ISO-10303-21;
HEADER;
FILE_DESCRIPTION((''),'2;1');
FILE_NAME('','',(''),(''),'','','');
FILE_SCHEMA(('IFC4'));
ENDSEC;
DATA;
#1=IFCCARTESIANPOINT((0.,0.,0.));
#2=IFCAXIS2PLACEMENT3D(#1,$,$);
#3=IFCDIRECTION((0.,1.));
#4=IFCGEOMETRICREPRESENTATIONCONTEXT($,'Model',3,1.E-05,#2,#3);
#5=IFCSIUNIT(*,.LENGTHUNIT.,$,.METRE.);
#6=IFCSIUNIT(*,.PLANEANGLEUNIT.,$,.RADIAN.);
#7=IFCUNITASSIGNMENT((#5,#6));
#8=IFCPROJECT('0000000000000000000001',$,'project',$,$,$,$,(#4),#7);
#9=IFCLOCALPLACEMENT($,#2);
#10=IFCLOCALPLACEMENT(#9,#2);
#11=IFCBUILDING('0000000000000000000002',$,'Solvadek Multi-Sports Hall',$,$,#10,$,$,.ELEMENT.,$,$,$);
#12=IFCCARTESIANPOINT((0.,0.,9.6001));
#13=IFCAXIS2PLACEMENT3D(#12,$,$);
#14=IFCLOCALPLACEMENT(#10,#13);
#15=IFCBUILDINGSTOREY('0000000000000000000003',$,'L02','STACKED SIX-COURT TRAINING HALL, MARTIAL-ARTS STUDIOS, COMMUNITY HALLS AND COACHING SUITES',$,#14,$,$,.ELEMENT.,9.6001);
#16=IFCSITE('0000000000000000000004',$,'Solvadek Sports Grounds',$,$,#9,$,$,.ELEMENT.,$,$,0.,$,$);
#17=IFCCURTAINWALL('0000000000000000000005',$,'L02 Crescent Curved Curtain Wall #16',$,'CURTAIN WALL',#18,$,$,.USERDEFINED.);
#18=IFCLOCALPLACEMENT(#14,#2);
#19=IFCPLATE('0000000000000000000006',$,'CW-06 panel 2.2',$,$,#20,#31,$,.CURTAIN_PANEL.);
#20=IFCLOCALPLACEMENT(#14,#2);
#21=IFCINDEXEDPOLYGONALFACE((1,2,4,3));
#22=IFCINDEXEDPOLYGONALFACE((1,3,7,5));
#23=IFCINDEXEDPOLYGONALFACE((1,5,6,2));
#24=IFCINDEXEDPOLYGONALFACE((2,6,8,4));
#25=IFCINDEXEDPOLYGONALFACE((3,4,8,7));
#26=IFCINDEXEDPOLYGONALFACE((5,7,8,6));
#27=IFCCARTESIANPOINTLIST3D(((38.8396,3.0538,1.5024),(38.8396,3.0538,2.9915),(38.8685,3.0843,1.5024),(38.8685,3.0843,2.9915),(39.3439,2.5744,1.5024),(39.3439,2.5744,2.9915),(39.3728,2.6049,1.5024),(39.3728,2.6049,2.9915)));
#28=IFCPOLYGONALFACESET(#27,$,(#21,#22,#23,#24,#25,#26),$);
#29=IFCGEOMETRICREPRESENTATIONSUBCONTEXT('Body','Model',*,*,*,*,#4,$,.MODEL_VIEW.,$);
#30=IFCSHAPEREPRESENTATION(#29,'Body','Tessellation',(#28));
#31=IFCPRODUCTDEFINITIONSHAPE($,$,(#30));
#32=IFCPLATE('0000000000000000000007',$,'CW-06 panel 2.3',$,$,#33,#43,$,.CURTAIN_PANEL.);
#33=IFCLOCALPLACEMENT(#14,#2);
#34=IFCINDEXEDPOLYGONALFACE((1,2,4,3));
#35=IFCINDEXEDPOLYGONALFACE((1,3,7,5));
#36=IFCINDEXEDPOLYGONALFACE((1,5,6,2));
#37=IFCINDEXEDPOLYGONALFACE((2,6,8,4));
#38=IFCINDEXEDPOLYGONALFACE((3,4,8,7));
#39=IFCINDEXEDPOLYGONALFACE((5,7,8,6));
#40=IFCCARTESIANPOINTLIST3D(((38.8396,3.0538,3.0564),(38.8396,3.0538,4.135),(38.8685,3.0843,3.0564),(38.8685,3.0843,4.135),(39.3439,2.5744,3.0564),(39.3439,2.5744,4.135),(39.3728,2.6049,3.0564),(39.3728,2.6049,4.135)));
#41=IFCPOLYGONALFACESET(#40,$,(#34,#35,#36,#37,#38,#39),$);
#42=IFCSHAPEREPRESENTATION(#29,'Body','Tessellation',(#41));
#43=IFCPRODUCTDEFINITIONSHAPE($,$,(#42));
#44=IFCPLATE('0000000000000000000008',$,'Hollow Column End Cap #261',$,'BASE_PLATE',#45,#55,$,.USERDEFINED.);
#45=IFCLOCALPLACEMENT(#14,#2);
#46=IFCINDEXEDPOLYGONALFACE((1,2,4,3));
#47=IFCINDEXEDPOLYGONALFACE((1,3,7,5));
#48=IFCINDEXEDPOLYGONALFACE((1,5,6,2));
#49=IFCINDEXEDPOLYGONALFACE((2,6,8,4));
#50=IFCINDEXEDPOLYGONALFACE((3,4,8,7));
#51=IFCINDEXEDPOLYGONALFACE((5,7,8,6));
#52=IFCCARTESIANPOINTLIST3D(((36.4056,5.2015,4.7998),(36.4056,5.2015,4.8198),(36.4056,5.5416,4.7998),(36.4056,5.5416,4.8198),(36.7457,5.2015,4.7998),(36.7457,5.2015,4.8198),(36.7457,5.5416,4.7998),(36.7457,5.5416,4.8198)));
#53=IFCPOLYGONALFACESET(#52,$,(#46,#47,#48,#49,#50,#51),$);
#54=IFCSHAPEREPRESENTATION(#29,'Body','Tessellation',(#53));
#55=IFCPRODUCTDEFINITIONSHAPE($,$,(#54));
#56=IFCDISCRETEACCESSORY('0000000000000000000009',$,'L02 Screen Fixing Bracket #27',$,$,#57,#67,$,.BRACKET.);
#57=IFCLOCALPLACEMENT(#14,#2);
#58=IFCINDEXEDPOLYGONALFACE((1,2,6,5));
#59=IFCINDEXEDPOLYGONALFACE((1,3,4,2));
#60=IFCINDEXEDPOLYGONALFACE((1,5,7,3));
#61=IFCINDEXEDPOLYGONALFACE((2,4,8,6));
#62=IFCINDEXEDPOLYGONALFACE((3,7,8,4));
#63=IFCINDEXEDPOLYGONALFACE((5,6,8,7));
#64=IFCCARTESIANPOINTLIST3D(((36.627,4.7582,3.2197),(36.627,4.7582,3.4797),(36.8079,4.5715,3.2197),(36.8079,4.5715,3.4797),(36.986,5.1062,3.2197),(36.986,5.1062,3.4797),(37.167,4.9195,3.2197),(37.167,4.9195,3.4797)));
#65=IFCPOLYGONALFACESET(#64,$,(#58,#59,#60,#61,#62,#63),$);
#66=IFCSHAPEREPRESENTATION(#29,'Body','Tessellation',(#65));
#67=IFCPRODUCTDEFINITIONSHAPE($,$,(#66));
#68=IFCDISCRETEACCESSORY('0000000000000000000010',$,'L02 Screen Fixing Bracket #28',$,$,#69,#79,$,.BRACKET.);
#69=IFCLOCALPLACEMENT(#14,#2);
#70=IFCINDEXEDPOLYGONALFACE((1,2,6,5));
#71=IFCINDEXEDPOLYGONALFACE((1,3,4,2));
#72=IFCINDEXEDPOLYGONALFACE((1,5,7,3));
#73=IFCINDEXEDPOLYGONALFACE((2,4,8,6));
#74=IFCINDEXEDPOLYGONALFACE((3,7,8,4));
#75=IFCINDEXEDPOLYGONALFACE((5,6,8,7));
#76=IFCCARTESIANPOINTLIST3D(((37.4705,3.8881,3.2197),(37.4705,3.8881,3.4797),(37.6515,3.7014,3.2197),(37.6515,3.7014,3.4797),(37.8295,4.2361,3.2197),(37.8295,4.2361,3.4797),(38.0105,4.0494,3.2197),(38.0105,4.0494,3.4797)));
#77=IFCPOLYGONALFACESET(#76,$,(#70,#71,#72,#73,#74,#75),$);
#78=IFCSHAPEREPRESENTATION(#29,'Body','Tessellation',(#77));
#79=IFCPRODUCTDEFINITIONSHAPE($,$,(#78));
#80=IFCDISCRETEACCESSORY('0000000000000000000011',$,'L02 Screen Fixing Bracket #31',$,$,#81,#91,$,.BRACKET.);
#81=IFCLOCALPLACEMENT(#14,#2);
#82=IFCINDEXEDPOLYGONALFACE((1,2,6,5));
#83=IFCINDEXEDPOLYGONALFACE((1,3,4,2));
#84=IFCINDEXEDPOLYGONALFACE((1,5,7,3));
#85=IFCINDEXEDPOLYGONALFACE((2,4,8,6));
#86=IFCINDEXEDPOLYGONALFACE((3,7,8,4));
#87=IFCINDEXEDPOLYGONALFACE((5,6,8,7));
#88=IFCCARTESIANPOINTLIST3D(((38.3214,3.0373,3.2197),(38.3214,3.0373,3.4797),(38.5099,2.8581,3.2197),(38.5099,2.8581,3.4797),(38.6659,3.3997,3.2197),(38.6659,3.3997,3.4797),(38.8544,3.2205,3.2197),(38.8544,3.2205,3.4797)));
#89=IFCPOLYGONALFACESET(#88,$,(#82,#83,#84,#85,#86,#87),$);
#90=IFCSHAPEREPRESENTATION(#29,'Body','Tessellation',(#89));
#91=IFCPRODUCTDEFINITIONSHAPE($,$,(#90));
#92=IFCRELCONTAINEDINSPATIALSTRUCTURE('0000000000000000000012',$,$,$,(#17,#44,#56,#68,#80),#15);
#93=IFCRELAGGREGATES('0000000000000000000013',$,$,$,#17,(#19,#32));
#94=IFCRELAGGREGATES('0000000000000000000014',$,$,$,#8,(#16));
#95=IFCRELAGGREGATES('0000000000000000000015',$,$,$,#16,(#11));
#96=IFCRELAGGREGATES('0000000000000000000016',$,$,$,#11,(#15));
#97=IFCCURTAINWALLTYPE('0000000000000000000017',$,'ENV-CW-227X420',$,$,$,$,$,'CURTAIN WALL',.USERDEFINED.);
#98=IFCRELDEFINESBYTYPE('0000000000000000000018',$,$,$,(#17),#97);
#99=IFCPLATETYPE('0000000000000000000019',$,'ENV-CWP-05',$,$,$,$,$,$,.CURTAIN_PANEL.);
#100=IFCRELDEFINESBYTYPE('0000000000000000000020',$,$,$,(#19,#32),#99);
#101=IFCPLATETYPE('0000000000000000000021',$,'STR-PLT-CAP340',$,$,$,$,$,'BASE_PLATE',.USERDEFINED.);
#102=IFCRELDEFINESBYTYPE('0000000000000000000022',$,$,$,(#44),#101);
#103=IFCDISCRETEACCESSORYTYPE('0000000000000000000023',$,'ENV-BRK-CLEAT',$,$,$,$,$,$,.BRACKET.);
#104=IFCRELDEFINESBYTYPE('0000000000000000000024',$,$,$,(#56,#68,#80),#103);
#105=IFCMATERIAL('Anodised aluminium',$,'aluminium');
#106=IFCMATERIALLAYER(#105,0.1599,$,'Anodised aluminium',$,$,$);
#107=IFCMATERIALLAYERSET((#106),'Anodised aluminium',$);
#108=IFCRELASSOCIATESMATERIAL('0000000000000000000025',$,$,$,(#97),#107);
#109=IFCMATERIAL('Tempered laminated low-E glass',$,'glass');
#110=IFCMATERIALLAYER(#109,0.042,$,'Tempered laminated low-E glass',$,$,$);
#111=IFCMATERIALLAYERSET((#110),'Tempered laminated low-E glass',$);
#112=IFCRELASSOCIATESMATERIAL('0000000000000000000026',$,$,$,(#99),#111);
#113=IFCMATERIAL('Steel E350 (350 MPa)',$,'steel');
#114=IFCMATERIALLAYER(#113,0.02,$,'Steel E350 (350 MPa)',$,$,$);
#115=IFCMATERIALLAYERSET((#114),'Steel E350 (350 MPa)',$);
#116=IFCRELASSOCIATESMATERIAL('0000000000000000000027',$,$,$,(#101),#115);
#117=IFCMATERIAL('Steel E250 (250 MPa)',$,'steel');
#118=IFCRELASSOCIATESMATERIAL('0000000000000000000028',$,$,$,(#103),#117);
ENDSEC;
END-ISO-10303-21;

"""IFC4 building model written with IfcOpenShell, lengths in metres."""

from ifc_helpers import new_model, si_unit, direction, frame, origin, origin_2d, place, context, subcontext, project, spatial, rectangle, extrude, material, layer, layer_set, type_object, element, aggregate, save


model = new_model("IFC4")

# Units and contexts
model_context = context("Model", 3, precision=1e-05, world=origin(), true_north=direction((0.0, 1.0)))
body_context = subcontext(model_context, "Body", "Model", "MODEL_VIEW")
ifc_project = project(units=[si_unit("LENGTHUNIT", "METRE"), si_unit("PLANEANGLEUNIT", "RADIAN")], contexts=[model_context])

# Site, building, storey
site_placement = place(None, origin())
site = spatial("IfcSite", under=ifc_project, at=site_placement, Name="Solvadek Sports Grounds", CompositionType="ELEMENT", RefElevation=0.0)
building_placement = place(site_placement, origin())
building = spatial("IfcBuilding", under=site, at=building_placement, Name="Solvadek Multi-Sports Hall", CompositionType="ELEMENT")
storey_placement = place(building_placement, frame((0.0, 0.0, 9.6001)))
storey = spatial("IfcBuildingStorey", under=building, at=storey_placement, Name="L02", Description="STACKED SIX-COURT TRAINING HALL, MARTIAL-ARTS STUDIOS, COMMUNITY HALLS AND COACHING SUITES", CompositionType="ELEMENT", Elevation=9.6001)

# Curtain wall
ifc_material_1 = material(Name="Anodised aluminium", Category="aluminium")
ifc_layer_1 = layer(ifc_material_1, 0.1599, Name="Anodised aluminium")
ifc_layer_set_1 = layer_set([ifc_layer_1], Name="Anodised aluminium")
curtain_wall_type_1 = type_object("IfcCurtainWallType", Name="ENV-CW-227X420", ElementType="CURTAIN WALL", PredefinedType="USERDEFINED", material=ifc_layer_set_1)
curtain_wall_1_placement = place(storey_placement, origin())
curtain_wall_1 = element("IfcCurtainWall", 1, at=curtain_wall_1_placement, inside=storey, type_object=curtain_wall_type_1, Name="L02 Crescent Curved Curtain Wall #16", ObjectType="CURTAIN WALL", PredefinedType="USERDEFINED")

# Shared definitions
ifc_material_2 = material(Name="Steel E350 (350 MPa)", Category="steel")

# Shared definitions
ifc_material_3 = material(Name="Steel E250 (250 MPa)", Category="steel")

# Plates
ifc_material_4 = material(Name="Tempered laminated low-E glass", Category="glass")
ifc_layer_2 = layer(ifc_material_4, 0.042, Name="Tempered laminated low-E glass")
ifc_layer_set_2 = layer_set([ifc_layer_2], Name="Tempered laminated low-E glass")
plate_type_1 = type_object("IfcPlateType", Name="ENV-CWP-05", PredefinedType="CURTAIN_PANEL", material=ifc_layer_set_2)
plate_1_placement = place(storey_placement, frame((39.1062, 2.8293, 1.5024), z_axis=(0.0, 0.0, 1.0), x_axis=(0.724764, -0.688997, 0.0)))
plate_1 = element("IfcPlate", 2, at=plate_1_placement, type_object=plate_type_1, Name="CW-06 panel 2.2", PredefinedType="CURTAIN_PANEL", context=body_context, shape_type="SweptSolid", body=[
    extrude(rectangle(XDim=0.6958, YDim=0.042, at=origin_2d()), origin(), (0.0, 0.0, 1.0), 1.489),
])
plate_2_placement = place(storey_placement, frame((39.1062, 2.8293, 3.0564), z_axis=(0.0, 0.0, 1.0), x_axis=(0.724764, -0.688997, 0.0)))
plate_2 = element("IfcPlate", 3, at=plate_2_placement, type_object=plate_type_1, Name="CW-06 panel 2.3", PredefinedType="CURTAIN_PANEL", context=body_context, shape_type="SweptSolid", body=[
    extrude(rectangle(XDim=0.6958, YDim=0.042, at=origin_2d()), origin(), (0.0, 0.0, 1.0), 1.0786),
])
aggregate(curtain_wall_1, [plate_1, plate_2])
ifc_layer_3 = layer(ifc_material_2, 0.02, Name="Steel E350 (350 MPa)")
ifc_layer_set_3 = layer_set([ifc_layer_3], Name="Steel E350 (350 MPa)")
plate_type_2 = type_object("IfcPlateType", Name="STR-PLT-CAP340", ElementType="BASE_PLATE", PredefinedType="USERDEFINED", material=ifc_layer_set_3)
plate_3_placement = place(storey_placement, frame((36.5757, 5.3716, 4.7998), z_axis=(0.0, 0.0, 1.0), x_axis=(1.0, 0.0, 0.0)))
element("IfcPlate", 4, at=plate_3_placement, inside=storey, type_object=plate_type_2, Name="Hollow Column End Cap #261", ObjectType="BASE_PLATE", PredefinedType="USERDEFINED", context=body_context, shape_type="SweptSolid", body=[
    extrude(rectangle(XDim=0.3401, YDim=0.3401, at=origin_2d()), origin(), (0.0, 0.0, 1.0), 0.02),
])

# Discrete accessories
discrete_accessory_type = type_object("IfcDiscreteAccessoryType", Name="ENV-BRK-CLEAT", PredefinedType="BRACKET", material=ifc_material_3)
for number, where, z_axis, x_axis, name in (
    (5, (36.897, 4.8389, 3.2197), (0.0, 0.0, 1.0), (0.696005, -0.718037, 0.0), "L02 Screen Fixing Bracket #27"),
    (6, (37.7405, 3.9688, 3.2197), (0.0, 0.0, 1.0), (0.696005, -0.718037, 0.0), "L02 Screen Fixing Bracket #28"),
    (7, (38.5879, 3.1289, 3.2197), (0.0, 0.0, 1.0), (0.724733, -0.689029, 0.0), "L02 Screen Fixing Bracket #31"),
):
    element("IfcDiscreteAccessory", number, at=place(storey_placement, frame(where, z_axis=z_axis, x_axis=x_axis)), inside=storey, type_object=discrete_accessory_type, Name=name, PredefinedType="BRACKET", context=body_context, shape_type="SweptSolid", body=[
        extrude(rectangle(XDim=0.26, YDim=0.5, at=origin_2d()), origin(), (0.0, 0.0, 1.0), 0.26),
    ])

save(model, "model.ifc")
